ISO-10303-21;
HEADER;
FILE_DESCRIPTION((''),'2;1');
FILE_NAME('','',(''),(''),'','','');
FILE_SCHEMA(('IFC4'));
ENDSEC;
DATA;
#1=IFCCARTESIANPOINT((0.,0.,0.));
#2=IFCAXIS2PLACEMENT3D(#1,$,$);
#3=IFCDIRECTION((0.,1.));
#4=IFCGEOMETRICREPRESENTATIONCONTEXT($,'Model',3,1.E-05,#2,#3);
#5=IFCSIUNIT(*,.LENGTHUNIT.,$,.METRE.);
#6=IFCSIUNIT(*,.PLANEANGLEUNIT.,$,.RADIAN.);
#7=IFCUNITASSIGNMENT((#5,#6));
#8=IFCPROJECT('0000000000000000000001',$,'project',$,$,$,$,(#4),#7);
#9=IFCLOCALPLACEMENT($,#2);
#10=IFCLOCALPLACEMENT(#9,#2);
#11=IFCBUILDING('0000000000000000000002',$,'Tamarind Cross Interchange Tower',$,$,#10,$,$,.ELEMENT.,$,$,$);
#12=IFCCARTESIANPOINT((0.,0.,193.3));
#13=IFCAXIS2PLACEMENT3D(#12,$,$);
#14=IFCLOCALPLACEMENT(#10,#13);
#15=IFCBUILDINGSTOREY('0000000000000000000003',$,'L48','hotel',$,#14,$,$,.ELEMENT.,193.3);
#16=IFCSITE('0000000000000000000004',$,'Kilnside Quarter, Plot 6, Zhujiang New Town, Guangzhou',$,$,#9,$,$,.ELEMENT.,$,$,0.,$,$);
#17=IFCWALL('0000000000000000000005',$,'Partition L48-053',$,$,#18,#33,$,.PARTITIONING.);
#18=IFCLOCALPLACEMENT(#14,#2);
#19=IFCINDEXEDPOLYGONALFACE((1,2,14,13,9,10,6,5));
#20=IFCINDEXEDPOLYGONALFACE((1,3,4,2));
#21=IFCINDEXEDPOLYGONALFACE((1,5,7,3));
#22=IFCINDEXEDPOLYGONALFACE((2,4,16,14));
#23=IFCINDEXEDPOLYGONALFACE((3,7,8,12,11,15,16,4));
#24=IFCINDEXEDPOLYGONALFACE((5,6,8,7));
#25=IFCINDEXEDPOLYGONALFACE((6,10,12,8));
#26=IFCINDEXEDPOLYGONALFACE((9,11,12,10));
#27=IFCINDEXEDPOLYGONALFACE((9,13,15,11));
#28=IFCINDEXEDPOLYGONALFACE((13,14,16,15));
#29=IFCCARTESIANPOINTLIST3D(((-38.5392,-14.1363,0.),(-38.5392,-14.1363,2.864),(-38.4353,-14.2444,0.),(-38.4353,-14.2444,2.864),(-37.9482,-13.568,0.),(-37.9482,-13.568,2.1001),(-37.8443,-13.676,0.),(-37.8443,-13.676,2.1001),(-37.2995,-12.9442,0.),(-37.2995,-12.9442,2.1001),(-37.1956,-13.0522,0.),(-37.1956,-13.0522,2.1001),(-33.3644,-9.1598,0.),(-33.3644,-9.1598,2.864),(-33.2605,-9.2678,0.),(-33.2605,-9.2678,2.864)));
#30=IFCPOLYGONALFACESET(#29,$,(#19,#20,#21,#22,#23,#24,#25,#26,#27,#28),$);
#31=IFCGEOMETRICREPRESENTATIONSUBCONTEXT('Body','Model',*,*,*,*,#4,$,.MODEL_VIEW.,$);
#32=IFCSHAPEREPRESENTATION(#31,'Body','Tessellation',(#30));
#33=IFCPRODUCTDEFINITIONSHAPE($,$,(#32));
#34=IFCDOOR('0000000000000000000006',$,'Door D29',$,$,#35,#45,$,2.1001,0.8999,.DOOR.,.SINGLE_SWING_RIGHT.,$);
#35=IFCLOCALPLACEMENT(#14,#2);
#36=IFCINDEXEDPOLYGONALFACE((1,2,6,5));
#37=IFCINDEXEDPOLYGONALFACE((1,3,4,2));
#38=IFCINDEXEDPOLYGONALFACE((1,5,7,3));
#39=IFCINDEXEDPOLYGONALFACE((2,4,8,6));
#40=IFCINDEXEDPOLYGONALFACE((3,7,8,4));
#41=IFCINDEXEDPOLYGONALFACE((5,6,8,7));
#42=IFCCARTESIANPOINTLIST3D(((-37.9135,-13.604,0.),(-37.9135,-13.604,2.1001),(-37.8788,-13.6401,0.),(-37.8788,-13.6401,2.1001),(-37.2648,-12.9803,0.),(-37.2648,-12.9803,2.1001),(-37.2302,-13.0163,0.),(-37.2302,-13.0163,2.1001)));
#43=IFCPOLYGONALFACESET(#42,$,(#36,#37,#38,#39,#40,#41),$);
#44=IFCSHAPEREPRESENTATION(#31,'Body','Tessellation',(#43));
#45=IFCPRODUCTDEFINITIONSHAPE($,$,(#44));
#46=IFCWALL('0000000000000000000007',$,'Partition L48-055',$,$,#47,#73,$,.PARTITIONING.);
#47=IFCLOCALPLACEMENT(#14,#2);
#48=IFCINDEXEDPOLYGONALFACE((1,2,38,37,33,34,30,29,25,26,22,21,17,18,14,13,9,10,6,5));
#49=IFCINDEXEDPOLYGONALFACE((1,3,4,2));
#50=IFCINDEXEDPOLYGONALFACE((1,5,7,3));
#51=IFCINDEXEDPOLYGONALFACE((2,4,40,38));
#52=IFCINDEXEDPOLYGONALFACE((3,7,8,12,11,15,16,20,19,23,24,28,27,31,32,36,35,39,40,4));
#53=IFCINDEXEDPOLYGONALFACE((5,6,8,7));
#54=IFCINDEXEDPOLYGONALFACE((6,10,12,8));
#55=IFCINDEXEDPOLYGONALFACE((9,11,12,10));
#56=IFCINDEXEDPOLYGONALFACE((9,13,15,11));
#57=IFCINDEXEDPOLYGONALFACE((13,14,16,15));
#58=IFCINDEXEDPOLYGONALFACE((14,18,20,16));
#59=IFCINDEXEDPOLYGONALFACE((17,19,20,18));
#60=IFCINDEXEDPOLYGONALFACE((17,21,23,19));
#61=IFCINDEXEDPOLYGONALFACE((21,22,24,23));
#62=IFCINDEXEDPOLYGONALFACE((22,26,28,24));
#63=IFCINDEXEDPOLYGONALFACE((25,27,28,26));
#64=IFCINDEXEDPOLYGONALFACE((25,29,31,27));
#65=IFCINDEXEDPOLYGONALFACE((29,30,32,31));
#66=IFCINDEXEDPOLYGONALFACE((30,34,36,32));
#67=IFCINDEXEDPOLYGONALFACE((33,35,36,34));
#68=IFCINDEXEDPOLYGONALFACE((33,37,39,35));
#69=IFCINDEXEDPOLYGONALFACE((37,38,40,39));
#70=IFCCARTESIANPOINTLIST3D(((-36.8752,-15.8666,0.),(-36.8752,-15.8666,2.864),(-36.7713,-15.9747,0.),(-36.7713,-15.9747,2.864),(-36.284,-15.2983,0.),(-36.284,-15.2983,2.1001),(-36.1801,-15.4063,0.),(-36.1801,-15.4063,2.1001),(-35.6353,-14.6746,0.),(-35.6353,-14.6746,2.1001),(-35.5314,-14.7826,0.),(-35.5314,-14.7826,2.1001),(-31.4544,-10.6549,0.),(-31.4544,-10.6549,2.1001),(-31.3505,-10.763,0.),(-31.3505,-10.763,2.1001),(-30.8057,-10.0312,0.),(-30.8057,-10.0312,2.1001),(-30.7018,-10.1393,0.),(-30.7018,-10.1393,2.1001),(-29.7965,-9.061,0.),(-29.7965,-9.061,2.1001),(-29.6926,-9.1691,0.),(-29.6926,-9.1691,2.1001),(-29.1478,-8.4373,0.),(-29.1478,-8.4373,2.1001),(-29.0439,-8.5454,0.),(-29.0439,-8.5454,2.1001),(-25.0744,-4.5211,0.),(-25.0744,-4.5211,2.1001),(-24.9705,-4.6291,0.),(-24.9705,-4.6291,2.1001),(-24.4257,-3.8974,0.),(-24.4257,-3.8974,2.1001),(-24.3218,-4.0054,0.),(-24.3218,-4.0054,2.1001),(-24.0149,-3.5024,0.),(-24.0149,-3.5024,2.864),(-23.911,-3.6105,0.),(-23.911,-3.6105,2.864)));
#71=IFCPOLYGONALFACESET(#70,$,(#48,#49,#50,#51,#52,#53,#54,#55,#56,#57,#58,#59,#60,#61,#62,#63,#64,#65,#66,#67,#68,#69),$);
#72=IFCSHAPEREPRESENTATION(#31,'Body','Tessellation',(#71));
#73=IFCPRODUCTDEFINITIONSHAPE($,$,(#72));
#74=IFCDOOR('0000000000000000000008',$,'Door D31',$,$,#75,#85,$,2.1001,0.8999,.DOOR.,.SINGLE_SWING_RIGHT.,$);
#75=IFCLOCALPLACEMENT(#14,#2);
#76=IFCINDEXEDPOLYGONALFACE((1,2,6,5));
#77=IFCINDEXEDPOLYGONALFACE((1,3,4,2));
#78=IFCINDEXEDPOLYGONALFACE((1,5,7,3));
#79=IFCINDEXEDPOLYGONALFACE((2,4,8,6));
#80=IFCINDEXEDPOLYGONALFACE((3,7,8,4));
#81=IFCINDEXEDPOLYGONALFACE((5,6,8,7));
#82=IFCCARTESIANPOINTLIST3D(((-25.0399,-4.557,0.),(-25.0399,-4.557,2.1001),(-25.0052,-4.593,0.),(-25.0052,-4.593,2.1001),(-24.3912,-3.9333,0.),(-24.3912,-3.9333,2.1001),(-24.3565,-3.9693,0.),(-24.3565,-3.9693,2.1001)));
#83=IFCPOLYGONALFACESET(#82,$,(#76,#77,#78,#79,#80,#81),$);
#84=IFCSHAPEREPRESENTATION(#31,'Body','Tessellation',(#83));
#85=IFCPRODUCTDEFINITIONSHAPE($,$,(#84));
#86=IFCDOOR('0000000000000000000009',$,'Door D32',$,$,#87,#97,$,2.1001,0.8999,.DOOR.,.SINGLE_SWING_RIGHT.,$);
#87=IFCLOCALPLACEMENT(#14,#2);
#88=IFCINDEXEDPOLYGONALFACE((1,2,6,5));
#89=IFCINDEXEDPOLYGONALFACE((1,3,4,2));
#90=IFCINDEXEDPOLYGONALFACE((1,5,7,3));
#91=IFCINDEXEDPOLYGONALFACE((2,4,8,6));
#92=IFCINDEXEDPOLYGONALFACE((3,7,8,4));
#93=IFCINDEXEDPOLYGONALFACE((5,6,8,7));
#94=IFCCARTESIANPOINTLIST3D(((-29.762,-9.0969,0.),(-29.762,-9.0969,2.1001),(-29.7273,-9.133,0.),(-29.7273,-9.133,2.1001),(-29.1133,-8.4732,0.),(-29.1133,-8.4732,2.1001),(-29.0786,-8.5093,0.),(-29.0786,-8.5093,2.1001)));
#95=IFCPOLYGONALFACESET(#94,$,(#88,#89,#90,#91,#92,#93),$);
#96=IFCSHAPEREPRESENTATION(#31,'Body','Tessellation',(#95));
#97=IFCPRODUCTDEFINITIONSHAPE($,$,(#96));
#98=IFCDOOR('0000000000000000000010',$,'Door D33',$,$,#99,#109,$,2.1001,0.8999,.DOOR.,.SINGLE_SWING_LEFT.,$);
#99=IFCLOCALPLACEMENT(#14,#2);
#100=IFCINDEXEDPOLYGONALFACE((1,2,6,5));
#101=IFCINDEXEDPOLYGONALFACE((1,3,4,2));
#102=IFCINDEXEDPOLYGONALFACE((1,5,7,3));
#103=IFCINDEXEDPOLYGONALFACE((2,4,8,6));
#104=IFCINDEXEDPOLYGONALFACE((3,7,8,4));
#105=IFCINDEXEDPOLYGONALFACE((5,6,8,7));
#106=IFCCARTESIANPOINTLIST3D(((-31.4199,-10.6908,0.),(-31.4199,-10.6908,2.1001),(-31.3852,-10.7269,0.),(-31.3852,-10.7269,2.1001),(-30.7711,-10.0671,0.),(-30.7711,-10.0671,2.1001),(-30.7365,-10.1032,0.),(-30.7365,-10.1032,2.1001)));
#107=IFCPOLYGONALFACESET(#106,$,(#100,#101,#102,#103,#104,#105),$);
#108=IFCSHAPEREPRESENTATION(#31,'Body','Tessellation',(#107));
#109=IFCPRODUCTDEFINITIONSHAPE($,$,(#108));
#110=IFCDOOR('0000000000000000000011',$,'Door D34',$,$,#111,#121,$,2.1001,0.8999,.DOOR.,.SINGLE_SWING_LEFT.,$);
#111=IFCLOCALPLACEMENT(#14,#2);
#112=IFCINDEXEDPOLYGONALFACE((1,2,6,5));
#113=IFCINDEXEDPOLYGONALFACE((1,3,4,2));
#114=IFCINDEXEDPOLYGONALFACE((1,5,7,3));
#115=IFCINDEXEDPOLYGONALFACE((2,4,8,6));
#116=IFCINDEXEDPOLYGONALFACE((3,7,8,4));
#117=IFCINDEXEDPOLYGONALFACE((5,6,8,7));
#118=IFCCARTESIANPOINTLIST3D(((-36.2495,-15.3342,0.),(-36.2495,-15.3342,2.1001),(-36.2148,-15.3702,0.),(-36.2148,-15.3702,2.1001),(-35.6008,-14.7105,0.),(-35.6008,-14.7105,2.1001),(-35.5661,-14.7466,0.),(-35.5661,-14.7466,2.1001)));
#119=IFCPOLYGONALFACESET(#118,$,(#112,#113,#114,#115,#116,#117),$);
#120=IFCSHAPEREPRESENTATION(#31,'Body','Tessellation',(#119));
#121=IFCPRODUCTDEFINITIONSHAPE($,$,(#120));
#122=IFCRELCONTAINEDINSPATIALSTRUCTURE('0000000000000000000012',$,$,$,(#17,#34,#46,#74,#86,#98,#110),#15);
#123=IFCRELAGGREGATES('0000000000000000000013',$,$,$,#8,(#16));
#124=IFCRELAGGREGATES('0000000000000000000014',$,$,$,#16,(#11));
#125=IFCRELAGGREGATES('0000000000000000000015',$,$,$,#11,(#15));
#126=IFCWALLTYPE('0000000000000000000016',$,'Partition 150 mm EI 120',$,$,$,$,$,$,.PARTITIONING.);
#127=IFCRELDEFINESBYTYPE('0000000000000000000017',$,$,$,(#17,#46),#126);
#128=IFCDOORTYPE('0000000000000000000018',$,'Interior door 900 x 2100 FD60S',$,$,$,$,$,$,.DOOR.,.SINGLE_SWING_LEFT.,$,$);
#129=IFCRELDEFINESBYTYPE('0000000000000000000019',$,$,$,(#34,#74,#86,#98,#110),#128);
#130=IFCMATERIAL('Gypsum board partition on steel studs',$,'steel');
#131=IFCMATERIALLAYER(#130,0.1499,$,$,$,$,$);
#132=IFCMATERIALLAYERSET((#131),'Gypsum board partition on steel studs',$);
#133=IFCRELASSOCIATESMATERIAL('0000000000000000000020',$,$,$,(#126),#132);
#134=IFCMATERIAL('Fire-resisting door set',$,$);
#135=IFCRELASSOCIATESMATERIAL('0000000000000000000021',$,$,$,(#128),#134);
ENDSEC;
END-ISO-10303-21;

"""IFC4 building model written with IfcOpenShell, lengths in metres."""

from ifc_helpers import new_model, si_unit, direction, frame, frame_2d, origin, place, context, subcontext, project, spatial, rectangle, extrude, material, layer, layer_set, type_object, element, fill, save


model = new_model("IFC4")

# Units and contexts
model_context = context("Model", 3, precision=1e-05, world=origin(), true_north=direction((0.0, 1.0)))
body_context = subcontext(model_context, "Body", "Model", "MODEL_VIEW")
ifc_project = project(units=[si_unit("LENGTHUNIT", "METRE"), si_unit("PLANEANGLEUNIT", "RADIAN")], contexts=[model_context])

# Site, building, storey
site_placement = place(None, origin())
site = spatial("IfcSite", under=ifc_project, at=site_placement, Name="Kilnside Quarter, Plot 6, Zhujiang New Town, Guangzhou", CompositionType="ELEMENT", RefElevation=0.0)
building_placement = place(site_placement, origin())
building = spatial("IfcBuilding", under=site, at=building_placement, Name="Tamarind Cross Interchange Tower", CompositionType="ELEMENT")
storey_placement = place(building_placement, frame((0.0, 0.0, 193.3)))
storey = spatial("IfcBuildingStorey", under=building, at=storey_placement, Name="L48", Description="hotel", CompositionType="ELEMENT", Elevation=193.3)

# Shared definitions
ifc_material_1 = material(Name="Gypsum board partition on steel studs", Category="steel")
ifc_layer_1 = layer(ifc_material_1, 0.1499)
ifc_layer_set_1 = layer_set([ifc_layer_1], Name="Gypsum board partition on steel studs")
wall_type = type_object("IfcWallType", Name="Partition 150 mm EI 120", PredefinedType="PARTITIONING", material=ifc_layer_set_1)

# Shared definitions
ifc_material_2 = material(Name="Fire-resisting door set")
door_type_1 = type_object("IfcDoorType", Name="Interior door 900 x 2100 FD60S", OperationType="SINGLE_SWING_LEFT", PredefinedType="DOOR", material=ifc_material_2)

# Wall, opening, door
wall_1_placement = place(storey_placement, frame((-38.4873, -14.1904, 0.0), z_axis=(0.0, 0.0, 1.0), x_axis=(0.720778, 0.693166, 0.0)))
wall_1 = element("IfcWall", 1, at=wall_1_placement, inside=storey, type_object=wall_type, Name="Partition L48-053", PredefinedType="PARTITIONING", context=body_context, shape_type="SweptSolid", body=[
    extrude(rectangle(XDim=7.1794, YDim=0.1499, at=frame_2d((3.5898, 0.0))), origin(), (0.0, 0.0, 1.0), 2.864),
])
opening_1_placement = place(wall_1_placement, frame((0.8201, 0.0, 0.0)))
opening_1 = element("IfcOpeningElement", 2, at=opening_1_placement, cuts=wall_1, PredefinedType="OPENING", context=body_context, shape_type="SweptSolid", body=[
    extrude(rectangle(XDim=0.8999, YDim=2.1001, at=frame_2d((0.45, 1.05))), frame((0.0, 0.085, 0.0), z_axis=(0.0, -1.0, 0.0), x_axis=(1.0, 0.0, 0.0)), (0.0, 0.0, 1.0), 0.1699),
])
door_1_placement = place(opening_1_placement, origin())
door_1 = element("IfcDoor", 3, at=door_1_placement, inside=storey, type_object=door_type_1, Name="Door D29", OperationType="SINGLE_SWING_RIGHT", OverallHeight=2.1001, OverallWidth=0.8999, PredefinedType="DOOR", context=body_context, shape_type="SweptSolid", body=[
    extrude(rectangle(XDim=0.8999, YDim=2.1001, at=frame_2d((0.45, 1.05))), frame((0.0, 0.0249, 0.0), z_axis=(0.0, -1.0, 0.0), x_axis=(1.0, 0.0, 0.0)), (0.0, 0.0, 1.0), 0.05),
])
fill(opening_1, door_1)

# Wall, openings, doors
wall_2_placement = place(storey_placement, frame((-36.8232, -15.9207, 0.0), z_axis=(0.0, 0.0, 1.0), x_axis=(0.720874, 0.693066, 0.0)))
wall_2 = element("IfcWall", 4, at=wall_2_placement, inside=storey, type_object=wall_type, Name="Partition L48-055", PredefinedType="PARTITIONING", context=body_context, shape_type="SweptSolid", body=[
    extrude(rectangle(XDim=17.8398, YDim=0.1499, at=frame_2d((8.9199, 0.0))), origin(), (0.0, 0.0, 1.0), 2.864),
])
opening_2_placement = place(wall_2_placement, frame((16.3701, 0.0, 0.0)))
opening_2 = element("IfcOpeningElement", 5, at=opening_2_placement, cuts=wall_2, PredefinedType="OPENING", context=body_context, shape_type="SweptSolid", body=[
    extrude(rectangle(XDim=0.8999, YDim=2.1001, at=frame_2d((0.45, 1.05))), frame((0.0, 0.085, 0.0), z_axis=(0.0, -1.0, 0.0), x_axis=(1.0, 0.0, 0.0)), (0.0, 0.0, 1.0), 0.1699),
])
opening_3_placement = place(wall_2_placement, frame((9.8196, 0.0, 0.0)))
opening_3 = element("IfcOpeningElement", 6, at=opening_3_placement, cuts=wall_2, PredefinedType="OPENING", context=body_context, shape_type="SweptSolid", body=[
    extrude(rectangle(XDim=0.8999, YDim=2.1001, at=frame_2d((0.45, 1.05))), frame((0.0, 0.085, 0.0), z_axis=(0.0, -1.0, 0.0), x_axis=(1.0, 0.0, 0.0)), (0.0, 0.0, 1.0), 0.1699),
])
opening_4_placement = place(wall_2_placement, frame((7.5198, 0.0, 0.0)))
opening_4 = element("IfcOpeningElement", 7, at=opening_4_placement, cuts=wall_2, PredefinedType="OPENING", context=body_context, shape_type="SweptSolid", body=[
    extrude(rectangle(XDim=0.8999, YDim=2.1001, at=frame_2d((0.45, 1.05))), frame((0.0, 0.085, 0.0), z_axis=(0.0, -1.0, 0.0), x_axis=(1.0, 0.0, 0.0)), (0.0, 0.0, 1.0), 0.1699),
])
opening_5_placement = place(wall_2_placement, frame((0.8201, 0.0, 0.0)))
opening_5 = element("IfcOpeningElement", 8, at=opening_5_placement, cuts=wall_2, PredefinedType="OPENING", context=body_context, shape_type="SweptSolid", body=[
    extrude(rectangle(XDim=0.8999, YDim=2.1001, at=frame_2d((0.45, 1.05))), frame((0.0, 0.085, 0.0), z_axis=(0.0, -1.0, 0.0), x_axis=(1.0, 0.0, 0.0)), (0.0, 0.0, 1.0), 0.1699),
])
door_2_placement = place(opening_2_placement, frame((0.8999, 0.0, 0.0), z_axis=(0.0, 0.0, 1.0), x_axis=(-1.0, 0.0, 0.0)))
door_2 = element("IfcDoor", 9, at=door_2_placement, inside=storey, type_object=door_type_1, Name="Door D31", OperationType="SINGLE_SWING_RIGHT", OverallHeight=2.1001, OverallWidth=0.8999, PredefinedType="DOOR", context=body_context, shape_type="SweptSolid", body=[
    extrude(rectangle(XDim=0.8999, YDim=2.1001, at=frame_2d((0.45, 1.05))), frame((0.0, 0.0249, 0.0), z_axis=(0.0, -1.0, 0.0), x_axis=(1.0, 0.0, 0.0)), (0.0, 0.0, 1.0), 0.05),
])
fill(opening_2, door_2)
door_3_placement = place(opening_3_placement, frame((0.8999, 0.0, 0.0), z_axis=(0.0, 0.0, 1.0), x_axis=(-1.0, 0.0, 0.0)))
door_3 = element("IfcDoor", 10, at=door_3_placement, inside=storey, type_object=door_type_1, Name="Door D32", OperationType="SINGLE_SWING_RIGHT", OverallHeight=2.1001, OverallWidth=0.8999, PredefinedType="DOOR", context=body_context, shape_type="SweptSolid", body=[
    extrude(rectangle(XDim=0.8999, YDim=2.1001, at=frame_2d((0.45, 1.05))), frame((0.0, 0.0249, 0.0), z_axis=(0.0, -1.0, 0.0), x_axis=(1.0, 0.0, 0.0)), (0.0, 0.0, 1.0), 0.05),
])
fill(opening_3, door_3)
door_4_placement = place(opening_4_placement, frame((0.8999, 0.0, 0.0), z_axis=(0.0, 0.0, 1.0), x_axis=(-1.0, 0.0, 0.0)))
door_4 = element("IfcDoor", 11, at=door_4_placement, inside=storey, type_object=door_type_1, Name="Door D33", OperationType="SINGLE_SWING_LEFT", OverallHeight=2.1001, OverallWidth=0.8999, PredefinedType="DOOR", context=body_context, shape_type="SweptSolid", body=[
    extrude(rectangle(XDim=0.8999, YDim=2.1001, at=frame_2d((0.45, 1.05))), frame((0.0, 0.0249, 0.0), z_axis=(0.0, -1.0, 0.0), x_axis=(1.0, 0.0, 0.0)), (0.0, 0.0, 1.0), 0.05),
])
fill(opening_4, door_4)
door_5_placement = place(opening_5_placement, frame((0.8999, 0.0, 0.0), z_axis=(0.0, 0.0, 1.0), x_axis=(-1.0, 0.0, 0.0)))
door_5 = element("IfcDoor", 12, at=door_5_placement, inside=storey, type_object=door_type_1, Name="Door D34", OperationType="SINGLE_SWING_LEFT", OverallHeight=2.1001, OverallWidth=0.8999, PredefinedType="DOOR", context=body_context, shape_type="SweptSolid", body=[
    extrude(rectangle(XDim=0.8999, YDim=2.1001, at=frame_2d((0.45, 1.05))), frame((0.0, 0.0249, 0.0), z_axis=(0.0, -1.0, 0.0), x_axis=(1.0, 0.0, 0.0)), (0.0, 0.0, 1.0), 0.05),
])
fill(opening_5, door_5)

save(model, "model.ifc")
